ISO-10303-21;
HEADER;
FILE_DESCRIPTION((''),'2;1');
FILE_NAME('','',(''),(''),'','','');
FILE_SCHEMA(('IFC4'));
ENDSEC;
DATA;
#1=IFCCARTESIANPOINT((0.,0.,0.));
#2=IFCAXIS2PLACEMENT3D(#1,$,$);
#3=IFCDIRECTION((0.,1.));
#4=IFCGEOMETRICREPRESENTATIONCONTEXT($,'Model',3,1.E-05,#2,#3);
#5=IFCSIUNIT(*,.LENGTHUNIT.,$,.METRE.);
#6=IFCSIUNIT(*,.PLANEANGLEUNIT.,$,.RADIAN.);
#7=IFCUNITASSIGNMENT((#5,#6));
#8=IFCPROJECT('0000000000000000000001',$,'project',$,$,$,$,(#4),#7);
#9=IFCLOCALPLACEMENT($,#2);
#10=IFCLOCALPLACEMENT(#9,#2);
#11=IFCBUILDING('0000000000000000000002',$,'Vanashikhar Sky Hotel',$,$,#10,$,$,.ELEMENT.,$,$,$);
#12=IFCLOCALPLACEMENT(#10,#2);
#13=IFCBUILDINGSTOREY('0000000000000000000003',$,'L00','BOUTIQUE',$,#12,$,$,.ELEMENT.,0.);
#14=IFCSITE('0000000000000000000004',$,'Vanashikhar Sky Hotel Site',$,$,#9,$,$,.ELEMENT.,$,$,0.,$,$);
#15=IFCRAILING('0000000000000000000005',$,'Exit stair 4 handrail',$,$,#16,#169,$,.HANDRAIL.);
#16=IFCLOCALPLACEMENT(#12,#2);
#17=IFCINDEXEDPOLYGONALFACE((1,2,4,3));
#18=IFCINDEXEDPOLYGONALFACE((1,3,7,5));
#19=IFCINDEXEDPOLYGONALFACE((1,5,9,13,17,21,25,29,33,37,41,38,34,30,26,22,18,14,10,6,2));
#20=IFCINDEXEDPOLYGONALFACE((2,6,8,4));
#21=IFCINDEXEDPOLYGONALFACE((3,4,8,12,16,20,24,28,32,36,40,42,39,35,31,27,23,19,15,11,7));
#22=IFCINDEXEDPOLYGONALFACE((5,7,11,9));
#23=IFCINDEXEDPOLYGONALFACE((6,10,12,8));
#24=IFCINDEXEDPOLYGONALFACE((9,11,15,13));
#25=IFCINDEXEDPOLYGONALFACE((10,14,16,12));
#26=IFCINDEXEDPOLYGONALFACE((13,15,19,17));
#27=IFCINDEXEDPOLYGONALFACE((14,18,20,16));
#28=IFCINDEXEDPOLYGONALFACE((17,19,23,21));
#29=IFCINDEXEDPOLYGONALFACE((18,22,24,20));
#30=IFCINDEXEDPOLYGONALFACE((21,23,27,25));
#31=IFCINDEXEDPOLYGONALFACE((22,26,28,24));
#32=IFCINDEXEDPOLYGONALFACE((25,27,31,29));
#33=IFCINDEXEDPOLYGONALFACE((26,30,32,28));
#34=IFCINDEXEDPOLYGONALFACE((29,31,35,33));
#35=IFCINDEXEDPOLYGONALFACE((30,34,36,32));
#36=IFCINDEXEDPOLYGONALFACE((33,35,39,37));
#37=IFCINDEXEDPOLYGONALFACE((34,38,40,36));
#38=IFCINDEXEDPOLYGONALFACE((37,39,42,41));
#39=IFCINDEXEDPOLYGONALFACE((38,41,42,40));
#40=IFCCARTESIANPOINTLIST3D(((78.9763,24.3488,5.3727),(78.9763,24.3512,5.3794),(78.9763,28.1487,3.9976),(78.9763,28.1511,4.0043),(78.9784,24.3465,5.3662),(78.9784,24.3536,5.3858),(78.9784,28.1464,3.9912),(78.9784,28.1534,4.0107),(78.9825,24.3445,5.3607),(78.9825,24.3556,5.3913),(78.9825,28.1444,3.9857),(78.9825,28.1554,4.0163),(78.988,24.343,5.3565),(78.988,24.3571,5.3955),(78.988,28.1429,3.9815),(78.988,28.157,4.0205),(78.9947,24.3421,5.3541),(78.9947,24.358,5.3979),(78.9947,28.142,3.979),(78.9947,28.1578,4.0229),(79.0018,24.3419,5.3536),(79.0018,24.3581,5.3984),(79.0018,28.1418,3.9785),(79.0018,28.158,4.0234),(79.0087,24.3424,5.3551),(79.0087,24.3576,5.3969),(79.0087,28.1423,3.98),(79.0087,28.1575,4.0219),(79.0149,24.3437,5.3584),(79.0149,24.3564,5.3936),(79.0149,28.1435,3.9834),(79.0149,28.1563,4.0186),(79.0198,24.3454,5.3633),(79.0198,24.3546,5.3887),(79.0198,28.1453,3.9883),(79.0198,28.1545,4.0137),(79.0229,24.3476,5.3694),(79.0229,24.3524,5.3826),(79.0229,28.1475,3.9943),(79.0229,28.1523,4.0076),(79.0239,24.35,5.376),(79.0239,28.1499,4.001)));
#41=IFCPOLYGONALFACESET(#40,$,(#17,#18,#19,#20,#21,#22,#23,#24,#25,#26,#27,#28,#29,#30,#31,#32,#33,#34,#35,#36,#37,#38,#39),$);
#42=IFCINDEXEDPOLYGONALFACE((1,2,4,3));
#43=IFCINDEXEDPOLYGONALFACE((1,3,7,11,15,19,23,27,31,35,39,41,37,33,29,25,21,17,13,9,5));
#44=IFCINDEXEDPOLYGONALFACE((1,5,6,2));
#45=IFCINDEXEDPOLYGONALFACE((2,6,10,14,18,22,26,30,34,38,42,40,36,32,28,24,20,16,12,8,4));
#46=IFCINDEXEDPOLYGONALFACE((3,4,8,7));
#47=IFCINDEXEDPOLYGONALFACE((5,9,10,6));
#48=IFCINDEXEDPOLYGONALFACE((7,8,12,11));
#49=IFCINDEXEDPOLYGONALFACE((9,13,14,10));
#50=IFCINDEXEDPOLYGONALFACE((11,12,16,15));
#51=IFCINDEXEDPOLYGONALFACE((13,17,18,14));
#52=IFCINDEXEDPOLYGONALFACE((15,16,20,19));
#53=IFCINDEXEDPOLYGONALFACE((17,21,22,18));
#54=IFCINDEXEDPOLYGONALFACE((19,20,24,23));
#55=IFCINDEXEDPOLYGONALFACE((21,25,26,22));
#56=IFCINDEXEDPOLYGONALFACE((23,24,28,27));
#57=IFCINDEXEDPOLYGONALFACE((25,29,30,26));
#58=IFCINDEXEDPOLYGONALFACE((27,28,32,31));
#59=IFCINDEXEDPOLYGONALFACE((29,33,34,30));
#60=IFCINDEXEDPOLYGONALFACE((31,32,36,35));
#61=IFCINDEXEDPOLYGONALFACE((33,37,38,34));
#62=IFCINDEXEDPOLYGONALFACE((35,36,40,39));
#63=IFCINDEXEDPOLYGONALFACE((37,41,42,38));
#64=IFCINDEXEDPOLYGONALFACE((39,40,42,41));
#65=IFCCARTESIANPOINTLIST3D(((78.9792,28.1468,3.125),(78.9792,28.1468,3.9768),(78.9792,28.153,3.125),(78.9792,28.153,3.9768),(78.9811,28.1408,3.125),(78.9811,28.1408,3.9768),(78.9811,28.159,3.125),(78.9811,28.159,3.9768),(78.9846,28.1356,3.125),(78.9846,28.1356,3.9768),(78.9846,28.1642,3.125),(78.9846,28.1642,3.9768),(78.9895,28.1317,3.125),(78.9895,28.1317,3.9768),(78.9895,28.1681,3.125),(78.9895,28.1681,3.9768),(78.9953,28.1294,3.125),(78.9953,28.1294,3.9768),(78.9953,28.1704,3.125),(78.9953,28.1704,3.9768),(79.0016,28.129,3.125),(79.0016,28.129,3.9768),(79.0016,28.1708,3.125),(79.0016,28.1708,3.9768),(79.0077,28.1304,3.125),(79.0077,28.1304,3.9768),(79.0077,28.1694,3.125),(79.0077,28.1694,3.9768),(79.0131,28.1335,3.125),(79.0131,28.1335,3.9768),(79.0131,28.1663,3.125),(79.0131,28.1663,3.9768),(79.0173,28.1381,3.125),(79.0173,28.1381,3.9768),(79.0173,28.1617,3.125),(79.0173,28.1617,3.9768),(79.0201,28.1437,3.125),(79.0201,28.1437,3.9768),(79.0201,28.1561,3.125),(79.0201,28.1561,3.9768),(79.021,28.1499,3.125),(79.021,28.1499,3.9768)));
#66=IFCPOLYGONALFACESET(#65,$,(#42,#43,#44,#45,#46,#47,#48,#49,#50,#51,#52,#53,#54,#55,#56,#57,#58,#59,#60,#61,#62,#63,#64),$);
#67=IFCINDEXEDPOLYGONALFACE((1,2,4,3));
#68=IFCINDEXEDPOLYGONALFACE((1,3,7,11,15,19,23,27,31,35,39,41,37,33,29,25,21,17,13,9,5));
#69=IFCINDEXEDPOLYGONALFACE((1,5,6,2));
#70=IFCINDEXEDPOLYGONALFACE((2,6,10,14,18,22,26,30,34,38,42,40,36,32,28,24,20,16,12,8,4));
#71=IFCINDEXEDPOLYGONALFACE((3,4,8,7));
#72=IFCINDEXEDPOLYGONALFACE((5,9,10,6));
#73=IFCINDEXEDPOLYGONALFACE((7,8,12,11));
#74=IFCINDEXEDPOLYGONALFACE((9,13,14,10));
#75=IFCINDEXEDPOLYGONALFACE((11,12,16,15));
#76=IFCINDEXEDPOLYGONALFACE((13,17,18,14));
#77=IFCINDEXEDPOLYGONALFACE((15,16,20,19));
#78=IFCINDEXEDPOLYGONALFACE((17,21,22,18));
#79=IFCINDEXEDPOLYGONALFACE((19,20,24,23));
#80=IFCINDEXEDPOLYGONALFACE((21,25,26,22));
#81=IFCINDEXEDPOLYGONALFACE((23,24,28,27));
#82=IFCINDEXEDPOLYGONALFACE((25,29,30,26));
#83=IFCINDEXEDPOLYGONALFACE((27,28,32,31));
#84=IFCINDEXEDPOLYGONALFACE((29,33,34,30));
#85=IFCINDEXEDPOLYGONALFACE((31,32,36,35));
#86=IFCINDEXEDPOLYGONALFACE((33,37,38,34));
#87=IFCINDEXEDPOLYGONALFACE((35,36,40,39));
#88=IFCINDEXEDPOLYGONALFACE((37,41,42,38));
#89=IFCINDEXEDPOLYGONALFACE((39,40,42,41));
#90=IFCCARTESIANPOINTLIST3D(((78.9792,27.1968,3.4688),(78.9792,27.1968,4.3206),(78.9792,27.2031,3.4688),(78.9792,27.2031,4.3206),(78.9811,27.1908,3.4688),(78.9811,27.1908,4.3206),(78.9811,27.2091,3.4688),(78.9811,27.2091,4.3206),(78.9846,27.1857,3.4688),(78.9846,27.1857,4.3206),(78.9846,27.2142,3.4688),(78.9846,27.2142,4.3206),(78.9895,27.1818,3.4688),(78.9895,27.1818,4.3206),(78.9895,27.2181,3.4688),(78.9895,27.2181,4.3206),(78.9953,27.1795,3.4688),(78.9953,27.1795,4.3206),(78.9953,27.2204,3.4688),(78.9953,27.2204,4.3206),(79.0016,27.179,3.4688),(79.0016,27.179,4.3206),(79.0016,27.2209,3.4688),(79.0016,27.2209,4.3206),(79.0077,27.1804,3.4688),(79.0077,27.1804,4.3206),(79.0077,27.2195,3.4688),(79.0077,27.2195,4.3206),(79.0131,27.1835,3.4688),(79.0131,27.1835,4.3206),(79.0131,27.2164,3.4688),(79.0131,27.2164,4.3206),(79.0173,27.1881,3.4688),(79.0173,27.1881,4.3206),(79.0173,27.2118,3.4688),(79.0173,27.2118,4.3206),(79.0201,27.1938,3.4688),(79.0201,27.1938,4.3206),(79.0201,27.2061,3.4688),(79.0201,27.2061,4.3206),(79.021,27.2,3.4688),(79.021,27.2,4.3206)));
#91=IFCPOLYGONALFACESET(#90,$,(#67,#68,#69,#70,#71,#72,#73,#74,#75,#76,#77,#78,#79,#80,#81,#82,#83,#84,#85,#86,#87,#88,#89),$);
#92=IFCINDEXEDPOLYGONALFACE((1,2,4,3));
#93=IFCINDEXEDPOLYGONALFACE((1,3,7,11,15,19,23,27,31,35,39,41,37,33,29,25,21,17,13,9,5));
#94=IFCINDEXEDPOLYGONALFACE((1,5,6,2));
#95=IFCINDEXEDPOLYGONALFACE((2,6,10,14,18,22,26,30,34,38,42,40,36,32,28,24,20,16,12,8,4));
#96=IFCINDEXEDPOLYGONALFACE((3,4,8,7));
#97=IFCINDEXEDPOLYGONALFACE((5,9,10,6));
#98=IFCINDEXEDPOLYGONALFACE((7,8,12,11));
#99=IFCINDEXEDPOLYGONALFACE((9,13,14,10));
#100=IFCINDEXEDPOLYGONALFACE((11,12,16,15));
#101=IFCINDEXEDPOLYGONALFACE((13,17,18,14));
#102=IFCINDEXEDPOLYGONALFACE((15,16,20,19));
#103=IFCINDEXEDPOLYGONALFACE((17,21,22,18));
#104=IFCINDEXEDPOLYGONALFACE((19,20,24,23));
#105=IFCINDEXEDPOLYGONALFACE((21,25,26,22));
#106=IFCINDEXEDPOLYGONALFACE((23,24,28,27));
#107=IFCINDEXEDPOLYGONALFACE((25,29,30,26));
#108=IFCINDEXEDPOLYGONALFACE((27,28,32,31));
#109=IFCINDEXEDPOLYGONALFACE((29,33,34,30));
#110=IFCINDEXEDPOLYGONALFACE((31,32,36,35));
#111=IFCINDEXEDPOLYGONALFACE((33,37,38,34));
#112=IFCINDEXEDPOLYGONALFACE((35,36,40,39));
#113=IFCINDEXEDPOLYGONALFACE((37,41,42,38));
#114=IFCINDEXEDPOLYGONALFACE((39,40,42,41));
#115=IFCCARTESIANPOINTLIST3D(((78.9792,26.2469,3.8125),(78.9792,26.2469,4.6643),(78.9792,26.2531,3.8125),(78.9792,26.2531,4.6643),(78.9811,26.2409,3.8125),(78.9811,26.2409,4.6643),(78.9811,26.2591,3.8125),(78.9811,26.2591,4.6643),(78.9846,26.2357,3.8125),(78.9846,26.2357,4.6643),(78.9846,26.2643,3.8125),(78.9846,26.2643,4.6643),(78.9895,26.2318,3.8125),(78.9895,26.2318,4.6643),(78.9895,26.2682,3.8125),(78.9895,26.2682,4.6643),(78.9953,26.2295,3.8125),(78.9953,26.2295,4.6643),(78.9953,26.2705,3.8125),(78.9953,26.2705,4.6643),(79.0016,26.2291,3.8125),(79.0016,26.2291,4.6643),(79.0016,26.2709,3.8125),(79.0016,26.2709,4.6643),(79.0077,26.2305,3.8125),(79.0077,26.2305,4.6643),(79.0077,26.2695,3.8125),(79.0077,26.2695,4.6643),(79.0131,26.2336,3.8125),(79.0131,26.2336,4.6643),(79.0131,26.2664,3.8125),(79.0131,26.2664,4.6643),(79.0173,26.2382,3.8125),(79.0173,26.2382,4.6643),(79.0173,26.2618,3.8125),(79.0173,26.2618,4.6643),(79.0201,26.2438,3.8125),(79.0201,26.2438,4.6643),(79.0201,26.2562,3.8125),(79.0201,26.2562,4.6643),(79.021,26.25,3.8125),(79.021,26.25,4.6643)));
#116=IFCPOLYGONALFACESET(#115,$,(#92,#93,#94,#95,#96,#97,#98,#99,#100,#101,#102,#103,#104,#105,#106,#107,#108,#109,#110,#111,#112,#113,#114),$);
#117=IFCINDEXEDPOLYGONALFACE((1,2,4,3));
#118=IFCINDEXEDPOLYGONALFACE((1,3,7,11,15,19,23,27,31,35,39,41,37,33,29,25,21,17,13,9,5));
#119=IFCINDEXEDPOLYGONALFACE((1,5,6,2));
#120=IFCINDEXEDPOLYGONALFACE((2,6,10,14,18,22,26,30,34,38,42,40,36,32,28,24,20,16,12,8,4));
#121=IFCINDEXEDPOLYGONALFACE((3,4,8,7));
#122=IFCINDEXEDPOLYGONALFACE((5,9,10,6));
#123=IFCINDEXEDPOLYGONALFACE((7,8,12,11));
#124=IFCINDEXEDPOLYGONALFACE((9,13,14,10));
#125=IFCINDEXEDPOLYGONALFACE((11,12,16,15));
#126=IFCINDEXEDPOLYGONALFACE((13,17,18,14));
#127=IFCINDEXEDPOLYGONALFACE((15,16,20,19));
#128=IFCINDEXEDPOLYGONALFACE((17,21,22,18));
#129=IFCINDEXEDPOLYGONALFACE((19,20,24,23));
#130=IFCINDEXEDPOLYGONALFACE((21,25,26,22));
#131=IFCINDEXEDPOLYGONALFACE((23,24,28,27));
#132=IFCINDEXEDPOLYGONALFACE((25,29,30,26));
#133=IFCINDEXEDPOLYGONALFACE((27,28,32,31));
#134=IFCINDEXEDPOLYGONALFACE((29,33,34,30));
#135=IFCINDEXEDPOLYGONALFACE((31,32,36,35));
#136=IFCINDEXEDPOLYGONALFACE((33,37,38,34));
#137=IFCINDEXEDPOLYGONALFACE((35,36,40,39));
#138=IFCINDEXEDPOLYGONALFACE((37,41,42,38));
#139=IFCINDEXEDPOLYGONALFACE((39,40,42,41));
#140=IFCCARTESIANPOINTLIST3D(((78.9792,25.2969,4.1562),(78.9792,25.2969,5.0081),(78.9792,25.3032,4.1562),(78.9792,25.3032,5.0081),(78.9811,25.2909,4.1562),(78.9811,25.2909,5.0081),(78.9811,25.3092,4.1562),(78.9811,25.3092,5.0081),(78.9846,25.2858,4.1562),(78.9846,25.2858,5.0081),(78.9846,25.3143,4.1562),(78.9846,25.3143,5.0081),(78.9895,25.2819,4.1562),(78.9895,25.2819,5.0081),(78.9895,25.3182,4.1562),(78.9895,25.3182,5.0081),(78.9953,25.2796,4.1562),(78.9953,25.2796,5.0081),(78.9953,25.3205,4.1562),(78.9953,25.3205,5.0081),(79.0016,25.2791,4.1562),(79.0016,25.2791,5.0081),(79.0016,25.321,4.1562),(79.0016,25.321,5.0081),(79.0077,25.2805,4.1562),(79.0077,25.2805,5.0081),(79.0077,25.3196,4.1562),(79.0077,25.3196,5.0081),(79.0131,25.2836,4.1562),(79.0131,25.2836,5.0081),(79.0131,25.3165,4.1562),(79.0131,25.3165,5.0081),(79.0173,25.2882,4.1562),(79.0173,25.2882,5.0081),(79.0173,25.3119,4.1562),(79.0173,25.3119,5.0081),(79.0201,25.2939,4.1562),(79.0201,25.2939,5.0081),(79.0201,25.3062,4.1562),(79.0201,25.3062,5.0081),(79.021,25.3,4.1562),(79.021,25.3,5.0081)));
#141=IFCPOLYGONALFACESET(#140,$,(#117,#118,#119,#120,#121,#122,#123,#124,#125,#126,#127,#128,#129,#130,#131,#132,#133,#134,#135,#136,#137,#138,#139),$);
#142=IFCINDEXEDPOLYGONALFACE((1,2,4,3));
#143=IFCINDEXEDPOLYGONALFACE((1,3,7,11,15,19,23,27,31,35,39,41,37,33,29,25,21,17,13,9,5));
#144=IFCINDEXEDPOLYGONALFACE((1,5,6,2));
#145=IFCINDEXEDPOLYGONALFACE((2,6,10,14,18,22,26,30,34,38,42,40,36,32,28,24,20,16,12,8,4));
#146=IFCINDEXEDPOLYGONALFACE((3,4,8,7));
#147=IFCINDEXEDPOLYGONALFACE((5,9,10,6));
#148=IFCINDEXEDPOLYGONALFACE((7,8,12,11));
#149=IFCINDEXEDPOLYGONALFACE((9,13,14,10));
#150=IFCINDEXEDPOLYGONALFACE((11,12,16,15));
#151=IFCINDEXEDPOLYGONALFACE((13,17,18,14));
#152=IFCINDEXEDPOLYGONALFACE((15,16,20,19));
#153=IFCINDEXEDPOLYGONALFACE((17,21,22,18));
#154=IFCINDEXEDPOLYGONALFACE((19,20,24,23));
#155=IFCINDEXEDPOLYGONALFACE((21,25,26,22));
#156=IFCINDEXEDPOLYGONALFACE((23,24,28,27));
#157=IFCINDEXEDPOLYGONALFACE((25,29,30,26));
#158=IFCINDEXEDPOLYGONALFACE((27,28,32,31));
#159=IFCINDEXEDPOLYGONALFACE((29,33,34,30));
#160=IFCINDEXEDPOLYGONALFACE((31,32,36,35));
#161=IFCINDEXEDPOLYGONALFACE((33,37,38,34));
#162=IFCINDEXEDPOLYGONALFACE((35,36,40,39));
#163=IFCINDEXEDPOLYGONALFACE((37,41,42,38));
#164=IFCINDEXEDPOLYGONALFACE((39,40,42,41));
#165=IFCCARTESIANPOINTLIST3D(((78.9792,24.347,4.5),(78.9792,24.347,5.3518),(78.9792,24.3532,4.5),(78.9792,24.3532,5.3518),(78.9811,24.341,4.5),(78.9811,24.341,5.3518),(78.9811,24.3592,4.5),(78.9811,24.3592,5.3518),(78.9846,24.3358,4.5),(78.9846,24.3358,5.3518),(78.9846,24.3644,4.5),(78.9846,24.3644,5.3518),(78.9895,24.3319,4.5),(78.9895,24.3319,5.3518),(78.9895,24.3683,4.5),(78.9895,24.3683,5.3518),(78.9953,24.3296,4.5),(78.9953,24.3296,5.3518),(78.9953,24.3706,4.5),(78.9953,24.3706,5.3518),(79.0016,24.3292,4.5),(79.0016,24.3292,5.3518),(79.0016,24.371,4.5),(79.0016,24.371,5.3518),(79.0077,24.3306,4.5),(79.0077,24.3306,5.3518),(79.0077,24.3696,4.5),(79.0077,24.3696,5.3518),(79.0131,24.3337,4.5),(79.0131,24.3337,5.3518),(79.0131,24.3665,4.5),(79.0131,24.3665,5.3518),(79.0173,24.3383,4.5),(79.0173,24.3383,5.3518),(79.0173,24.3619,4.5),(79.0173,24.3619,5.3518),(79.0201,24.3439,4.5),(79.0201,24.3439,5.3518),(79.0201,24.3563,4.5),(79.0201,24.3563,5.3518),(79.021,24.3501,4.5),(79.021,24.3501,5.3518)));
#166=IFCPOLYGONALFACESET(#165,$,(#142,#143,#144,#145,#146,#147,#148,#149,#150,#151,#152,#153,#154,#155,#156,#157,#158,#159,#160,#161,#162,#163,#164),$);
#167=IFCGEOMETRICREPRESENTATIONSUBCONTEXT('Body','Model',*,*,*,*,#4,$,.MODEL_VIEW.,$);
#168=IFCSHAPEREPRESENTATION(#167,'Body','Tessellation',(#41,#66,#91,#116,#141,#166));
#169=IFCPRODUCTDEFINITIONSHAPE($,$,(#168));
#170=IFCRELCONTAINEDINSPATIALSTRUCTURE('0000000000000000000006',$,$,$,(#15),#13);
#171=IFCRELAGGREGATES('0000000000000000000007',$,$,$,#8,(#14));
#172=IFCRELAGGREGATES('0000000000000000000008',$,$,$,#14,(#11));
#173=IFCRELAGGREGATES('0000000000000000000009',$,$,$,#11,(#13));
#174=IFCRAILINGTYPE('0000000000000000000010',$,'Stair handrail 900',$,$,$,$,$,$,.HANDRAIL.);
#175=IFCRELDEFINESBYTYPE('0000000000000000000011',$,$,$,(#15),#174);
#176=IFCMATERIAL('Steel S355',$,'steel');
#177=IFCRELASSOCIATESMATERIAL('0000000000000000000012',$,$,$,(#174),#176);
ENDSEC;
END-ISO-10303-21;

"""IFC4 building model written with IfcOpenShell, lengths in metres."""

from ifc_helpers import new_model, si_unit, direction, frame, origin, origin_2d, place, context, subcontext, project, spatial, circle, extrude, source, transform, mapped, material, type_object, element, save


model = new_model("IFC4")

# Units and contexts
model_context = context("Model", 3, precision=1e-05, world=origin(), true_north=direction((0.0, 1.0)))
body_context = subcontext(model_context, "Body", "Model", "MODEL_VIEW")
ifc_project = project(units=[si_unit("LENGTHUNIT", "METRE"), si_unit("PLANEANGLEUNIT", "RADIAN")], contexts=[model_context])

# Site, building, storey
site_placement = place(None, origin())
site = spatial("IfcSite", under=ifc_project, at=site_placement, Name="Vanashikhar Sky Hotel Site", CompositionType="ELEMENT", RefElevation=0.0)
building_placement = place(site_placement, origin())
building = spatial("IfcBuilding", under=site, at=building_placement, Name="Vanashikhar Sky Hotel", CompositionType="ELEMENT")
storey_placement = place(building_placement, origin())
storey = spatial("IfcBuildingStorey", under=building, at=storey_placement, Name="L00", Description="BOUTIQUE", CompositionType="ELEMENT", Elevation=0.0)

# Railing
ifc_material_1 = material(Name="Steel S355", Category="steel")
railing_type_1 = type_object("IfcRailingType", Name="Stair handrail 900", PredefinedType="HANDRAIL", material=ifc_material_1)
shared_shape_1 = source(origin(), body_context, "Body", "SweptSolid", [
    extrude(circle(Radius=0.0239, at=origin_2d()), frame((0.0, 0.0, 0.876), z_axis=(0.0, -0.940329, 0.340268), x_axis=(1.0, 0.0, 0.0)), (0.0, 0.0, 1.0), 4.041),
    extrude(circle(Radius=0.021, at=origin_2d()), origin(), (0.0, 0.0, 1.0), 0.8518),
    extrude(circle(Radius=0.021, at=origin_2d()), frame((0.0, -0.95, 0.3438)), (0.0, 0.0, 1.0), 0.8518),
    extrude(circle(Radius=0.021, at=origin_2d()), frame((0.0, -1.8999, 0.6875)), (0.0, 0.0, 1.0), 0.8518),
    extrude(circle(Radius=0.021, at=origin_2d()), frame((0.0, -2.8499, 1.0312)), (0.0, 0.0, 1.0), 0.8518),
    extrude(circle(Radius=0.021, at=origin_2d()), frame((0.0, -3.7998, 1.375)), (0.0, 0.0, 1.0), 0.8518),
])
for number, where, name in (
    (1, (79.0, 28.1499, 3.125), "Exit stair 4 handrail"),
):
    element("IfcRailing", number, at=place(storey_placement, frame(where)), inside=storey, type_object=railing_type_1, Name=name, PredefinedType="HANDRAIL", context=body_context, shape_type="MappedRepresentation", body=[
        mapped(shared_shape_1, transform((0.0, 0.0, 0.0), scale=1.0)),
    ])

save(model, "model.ifc")
